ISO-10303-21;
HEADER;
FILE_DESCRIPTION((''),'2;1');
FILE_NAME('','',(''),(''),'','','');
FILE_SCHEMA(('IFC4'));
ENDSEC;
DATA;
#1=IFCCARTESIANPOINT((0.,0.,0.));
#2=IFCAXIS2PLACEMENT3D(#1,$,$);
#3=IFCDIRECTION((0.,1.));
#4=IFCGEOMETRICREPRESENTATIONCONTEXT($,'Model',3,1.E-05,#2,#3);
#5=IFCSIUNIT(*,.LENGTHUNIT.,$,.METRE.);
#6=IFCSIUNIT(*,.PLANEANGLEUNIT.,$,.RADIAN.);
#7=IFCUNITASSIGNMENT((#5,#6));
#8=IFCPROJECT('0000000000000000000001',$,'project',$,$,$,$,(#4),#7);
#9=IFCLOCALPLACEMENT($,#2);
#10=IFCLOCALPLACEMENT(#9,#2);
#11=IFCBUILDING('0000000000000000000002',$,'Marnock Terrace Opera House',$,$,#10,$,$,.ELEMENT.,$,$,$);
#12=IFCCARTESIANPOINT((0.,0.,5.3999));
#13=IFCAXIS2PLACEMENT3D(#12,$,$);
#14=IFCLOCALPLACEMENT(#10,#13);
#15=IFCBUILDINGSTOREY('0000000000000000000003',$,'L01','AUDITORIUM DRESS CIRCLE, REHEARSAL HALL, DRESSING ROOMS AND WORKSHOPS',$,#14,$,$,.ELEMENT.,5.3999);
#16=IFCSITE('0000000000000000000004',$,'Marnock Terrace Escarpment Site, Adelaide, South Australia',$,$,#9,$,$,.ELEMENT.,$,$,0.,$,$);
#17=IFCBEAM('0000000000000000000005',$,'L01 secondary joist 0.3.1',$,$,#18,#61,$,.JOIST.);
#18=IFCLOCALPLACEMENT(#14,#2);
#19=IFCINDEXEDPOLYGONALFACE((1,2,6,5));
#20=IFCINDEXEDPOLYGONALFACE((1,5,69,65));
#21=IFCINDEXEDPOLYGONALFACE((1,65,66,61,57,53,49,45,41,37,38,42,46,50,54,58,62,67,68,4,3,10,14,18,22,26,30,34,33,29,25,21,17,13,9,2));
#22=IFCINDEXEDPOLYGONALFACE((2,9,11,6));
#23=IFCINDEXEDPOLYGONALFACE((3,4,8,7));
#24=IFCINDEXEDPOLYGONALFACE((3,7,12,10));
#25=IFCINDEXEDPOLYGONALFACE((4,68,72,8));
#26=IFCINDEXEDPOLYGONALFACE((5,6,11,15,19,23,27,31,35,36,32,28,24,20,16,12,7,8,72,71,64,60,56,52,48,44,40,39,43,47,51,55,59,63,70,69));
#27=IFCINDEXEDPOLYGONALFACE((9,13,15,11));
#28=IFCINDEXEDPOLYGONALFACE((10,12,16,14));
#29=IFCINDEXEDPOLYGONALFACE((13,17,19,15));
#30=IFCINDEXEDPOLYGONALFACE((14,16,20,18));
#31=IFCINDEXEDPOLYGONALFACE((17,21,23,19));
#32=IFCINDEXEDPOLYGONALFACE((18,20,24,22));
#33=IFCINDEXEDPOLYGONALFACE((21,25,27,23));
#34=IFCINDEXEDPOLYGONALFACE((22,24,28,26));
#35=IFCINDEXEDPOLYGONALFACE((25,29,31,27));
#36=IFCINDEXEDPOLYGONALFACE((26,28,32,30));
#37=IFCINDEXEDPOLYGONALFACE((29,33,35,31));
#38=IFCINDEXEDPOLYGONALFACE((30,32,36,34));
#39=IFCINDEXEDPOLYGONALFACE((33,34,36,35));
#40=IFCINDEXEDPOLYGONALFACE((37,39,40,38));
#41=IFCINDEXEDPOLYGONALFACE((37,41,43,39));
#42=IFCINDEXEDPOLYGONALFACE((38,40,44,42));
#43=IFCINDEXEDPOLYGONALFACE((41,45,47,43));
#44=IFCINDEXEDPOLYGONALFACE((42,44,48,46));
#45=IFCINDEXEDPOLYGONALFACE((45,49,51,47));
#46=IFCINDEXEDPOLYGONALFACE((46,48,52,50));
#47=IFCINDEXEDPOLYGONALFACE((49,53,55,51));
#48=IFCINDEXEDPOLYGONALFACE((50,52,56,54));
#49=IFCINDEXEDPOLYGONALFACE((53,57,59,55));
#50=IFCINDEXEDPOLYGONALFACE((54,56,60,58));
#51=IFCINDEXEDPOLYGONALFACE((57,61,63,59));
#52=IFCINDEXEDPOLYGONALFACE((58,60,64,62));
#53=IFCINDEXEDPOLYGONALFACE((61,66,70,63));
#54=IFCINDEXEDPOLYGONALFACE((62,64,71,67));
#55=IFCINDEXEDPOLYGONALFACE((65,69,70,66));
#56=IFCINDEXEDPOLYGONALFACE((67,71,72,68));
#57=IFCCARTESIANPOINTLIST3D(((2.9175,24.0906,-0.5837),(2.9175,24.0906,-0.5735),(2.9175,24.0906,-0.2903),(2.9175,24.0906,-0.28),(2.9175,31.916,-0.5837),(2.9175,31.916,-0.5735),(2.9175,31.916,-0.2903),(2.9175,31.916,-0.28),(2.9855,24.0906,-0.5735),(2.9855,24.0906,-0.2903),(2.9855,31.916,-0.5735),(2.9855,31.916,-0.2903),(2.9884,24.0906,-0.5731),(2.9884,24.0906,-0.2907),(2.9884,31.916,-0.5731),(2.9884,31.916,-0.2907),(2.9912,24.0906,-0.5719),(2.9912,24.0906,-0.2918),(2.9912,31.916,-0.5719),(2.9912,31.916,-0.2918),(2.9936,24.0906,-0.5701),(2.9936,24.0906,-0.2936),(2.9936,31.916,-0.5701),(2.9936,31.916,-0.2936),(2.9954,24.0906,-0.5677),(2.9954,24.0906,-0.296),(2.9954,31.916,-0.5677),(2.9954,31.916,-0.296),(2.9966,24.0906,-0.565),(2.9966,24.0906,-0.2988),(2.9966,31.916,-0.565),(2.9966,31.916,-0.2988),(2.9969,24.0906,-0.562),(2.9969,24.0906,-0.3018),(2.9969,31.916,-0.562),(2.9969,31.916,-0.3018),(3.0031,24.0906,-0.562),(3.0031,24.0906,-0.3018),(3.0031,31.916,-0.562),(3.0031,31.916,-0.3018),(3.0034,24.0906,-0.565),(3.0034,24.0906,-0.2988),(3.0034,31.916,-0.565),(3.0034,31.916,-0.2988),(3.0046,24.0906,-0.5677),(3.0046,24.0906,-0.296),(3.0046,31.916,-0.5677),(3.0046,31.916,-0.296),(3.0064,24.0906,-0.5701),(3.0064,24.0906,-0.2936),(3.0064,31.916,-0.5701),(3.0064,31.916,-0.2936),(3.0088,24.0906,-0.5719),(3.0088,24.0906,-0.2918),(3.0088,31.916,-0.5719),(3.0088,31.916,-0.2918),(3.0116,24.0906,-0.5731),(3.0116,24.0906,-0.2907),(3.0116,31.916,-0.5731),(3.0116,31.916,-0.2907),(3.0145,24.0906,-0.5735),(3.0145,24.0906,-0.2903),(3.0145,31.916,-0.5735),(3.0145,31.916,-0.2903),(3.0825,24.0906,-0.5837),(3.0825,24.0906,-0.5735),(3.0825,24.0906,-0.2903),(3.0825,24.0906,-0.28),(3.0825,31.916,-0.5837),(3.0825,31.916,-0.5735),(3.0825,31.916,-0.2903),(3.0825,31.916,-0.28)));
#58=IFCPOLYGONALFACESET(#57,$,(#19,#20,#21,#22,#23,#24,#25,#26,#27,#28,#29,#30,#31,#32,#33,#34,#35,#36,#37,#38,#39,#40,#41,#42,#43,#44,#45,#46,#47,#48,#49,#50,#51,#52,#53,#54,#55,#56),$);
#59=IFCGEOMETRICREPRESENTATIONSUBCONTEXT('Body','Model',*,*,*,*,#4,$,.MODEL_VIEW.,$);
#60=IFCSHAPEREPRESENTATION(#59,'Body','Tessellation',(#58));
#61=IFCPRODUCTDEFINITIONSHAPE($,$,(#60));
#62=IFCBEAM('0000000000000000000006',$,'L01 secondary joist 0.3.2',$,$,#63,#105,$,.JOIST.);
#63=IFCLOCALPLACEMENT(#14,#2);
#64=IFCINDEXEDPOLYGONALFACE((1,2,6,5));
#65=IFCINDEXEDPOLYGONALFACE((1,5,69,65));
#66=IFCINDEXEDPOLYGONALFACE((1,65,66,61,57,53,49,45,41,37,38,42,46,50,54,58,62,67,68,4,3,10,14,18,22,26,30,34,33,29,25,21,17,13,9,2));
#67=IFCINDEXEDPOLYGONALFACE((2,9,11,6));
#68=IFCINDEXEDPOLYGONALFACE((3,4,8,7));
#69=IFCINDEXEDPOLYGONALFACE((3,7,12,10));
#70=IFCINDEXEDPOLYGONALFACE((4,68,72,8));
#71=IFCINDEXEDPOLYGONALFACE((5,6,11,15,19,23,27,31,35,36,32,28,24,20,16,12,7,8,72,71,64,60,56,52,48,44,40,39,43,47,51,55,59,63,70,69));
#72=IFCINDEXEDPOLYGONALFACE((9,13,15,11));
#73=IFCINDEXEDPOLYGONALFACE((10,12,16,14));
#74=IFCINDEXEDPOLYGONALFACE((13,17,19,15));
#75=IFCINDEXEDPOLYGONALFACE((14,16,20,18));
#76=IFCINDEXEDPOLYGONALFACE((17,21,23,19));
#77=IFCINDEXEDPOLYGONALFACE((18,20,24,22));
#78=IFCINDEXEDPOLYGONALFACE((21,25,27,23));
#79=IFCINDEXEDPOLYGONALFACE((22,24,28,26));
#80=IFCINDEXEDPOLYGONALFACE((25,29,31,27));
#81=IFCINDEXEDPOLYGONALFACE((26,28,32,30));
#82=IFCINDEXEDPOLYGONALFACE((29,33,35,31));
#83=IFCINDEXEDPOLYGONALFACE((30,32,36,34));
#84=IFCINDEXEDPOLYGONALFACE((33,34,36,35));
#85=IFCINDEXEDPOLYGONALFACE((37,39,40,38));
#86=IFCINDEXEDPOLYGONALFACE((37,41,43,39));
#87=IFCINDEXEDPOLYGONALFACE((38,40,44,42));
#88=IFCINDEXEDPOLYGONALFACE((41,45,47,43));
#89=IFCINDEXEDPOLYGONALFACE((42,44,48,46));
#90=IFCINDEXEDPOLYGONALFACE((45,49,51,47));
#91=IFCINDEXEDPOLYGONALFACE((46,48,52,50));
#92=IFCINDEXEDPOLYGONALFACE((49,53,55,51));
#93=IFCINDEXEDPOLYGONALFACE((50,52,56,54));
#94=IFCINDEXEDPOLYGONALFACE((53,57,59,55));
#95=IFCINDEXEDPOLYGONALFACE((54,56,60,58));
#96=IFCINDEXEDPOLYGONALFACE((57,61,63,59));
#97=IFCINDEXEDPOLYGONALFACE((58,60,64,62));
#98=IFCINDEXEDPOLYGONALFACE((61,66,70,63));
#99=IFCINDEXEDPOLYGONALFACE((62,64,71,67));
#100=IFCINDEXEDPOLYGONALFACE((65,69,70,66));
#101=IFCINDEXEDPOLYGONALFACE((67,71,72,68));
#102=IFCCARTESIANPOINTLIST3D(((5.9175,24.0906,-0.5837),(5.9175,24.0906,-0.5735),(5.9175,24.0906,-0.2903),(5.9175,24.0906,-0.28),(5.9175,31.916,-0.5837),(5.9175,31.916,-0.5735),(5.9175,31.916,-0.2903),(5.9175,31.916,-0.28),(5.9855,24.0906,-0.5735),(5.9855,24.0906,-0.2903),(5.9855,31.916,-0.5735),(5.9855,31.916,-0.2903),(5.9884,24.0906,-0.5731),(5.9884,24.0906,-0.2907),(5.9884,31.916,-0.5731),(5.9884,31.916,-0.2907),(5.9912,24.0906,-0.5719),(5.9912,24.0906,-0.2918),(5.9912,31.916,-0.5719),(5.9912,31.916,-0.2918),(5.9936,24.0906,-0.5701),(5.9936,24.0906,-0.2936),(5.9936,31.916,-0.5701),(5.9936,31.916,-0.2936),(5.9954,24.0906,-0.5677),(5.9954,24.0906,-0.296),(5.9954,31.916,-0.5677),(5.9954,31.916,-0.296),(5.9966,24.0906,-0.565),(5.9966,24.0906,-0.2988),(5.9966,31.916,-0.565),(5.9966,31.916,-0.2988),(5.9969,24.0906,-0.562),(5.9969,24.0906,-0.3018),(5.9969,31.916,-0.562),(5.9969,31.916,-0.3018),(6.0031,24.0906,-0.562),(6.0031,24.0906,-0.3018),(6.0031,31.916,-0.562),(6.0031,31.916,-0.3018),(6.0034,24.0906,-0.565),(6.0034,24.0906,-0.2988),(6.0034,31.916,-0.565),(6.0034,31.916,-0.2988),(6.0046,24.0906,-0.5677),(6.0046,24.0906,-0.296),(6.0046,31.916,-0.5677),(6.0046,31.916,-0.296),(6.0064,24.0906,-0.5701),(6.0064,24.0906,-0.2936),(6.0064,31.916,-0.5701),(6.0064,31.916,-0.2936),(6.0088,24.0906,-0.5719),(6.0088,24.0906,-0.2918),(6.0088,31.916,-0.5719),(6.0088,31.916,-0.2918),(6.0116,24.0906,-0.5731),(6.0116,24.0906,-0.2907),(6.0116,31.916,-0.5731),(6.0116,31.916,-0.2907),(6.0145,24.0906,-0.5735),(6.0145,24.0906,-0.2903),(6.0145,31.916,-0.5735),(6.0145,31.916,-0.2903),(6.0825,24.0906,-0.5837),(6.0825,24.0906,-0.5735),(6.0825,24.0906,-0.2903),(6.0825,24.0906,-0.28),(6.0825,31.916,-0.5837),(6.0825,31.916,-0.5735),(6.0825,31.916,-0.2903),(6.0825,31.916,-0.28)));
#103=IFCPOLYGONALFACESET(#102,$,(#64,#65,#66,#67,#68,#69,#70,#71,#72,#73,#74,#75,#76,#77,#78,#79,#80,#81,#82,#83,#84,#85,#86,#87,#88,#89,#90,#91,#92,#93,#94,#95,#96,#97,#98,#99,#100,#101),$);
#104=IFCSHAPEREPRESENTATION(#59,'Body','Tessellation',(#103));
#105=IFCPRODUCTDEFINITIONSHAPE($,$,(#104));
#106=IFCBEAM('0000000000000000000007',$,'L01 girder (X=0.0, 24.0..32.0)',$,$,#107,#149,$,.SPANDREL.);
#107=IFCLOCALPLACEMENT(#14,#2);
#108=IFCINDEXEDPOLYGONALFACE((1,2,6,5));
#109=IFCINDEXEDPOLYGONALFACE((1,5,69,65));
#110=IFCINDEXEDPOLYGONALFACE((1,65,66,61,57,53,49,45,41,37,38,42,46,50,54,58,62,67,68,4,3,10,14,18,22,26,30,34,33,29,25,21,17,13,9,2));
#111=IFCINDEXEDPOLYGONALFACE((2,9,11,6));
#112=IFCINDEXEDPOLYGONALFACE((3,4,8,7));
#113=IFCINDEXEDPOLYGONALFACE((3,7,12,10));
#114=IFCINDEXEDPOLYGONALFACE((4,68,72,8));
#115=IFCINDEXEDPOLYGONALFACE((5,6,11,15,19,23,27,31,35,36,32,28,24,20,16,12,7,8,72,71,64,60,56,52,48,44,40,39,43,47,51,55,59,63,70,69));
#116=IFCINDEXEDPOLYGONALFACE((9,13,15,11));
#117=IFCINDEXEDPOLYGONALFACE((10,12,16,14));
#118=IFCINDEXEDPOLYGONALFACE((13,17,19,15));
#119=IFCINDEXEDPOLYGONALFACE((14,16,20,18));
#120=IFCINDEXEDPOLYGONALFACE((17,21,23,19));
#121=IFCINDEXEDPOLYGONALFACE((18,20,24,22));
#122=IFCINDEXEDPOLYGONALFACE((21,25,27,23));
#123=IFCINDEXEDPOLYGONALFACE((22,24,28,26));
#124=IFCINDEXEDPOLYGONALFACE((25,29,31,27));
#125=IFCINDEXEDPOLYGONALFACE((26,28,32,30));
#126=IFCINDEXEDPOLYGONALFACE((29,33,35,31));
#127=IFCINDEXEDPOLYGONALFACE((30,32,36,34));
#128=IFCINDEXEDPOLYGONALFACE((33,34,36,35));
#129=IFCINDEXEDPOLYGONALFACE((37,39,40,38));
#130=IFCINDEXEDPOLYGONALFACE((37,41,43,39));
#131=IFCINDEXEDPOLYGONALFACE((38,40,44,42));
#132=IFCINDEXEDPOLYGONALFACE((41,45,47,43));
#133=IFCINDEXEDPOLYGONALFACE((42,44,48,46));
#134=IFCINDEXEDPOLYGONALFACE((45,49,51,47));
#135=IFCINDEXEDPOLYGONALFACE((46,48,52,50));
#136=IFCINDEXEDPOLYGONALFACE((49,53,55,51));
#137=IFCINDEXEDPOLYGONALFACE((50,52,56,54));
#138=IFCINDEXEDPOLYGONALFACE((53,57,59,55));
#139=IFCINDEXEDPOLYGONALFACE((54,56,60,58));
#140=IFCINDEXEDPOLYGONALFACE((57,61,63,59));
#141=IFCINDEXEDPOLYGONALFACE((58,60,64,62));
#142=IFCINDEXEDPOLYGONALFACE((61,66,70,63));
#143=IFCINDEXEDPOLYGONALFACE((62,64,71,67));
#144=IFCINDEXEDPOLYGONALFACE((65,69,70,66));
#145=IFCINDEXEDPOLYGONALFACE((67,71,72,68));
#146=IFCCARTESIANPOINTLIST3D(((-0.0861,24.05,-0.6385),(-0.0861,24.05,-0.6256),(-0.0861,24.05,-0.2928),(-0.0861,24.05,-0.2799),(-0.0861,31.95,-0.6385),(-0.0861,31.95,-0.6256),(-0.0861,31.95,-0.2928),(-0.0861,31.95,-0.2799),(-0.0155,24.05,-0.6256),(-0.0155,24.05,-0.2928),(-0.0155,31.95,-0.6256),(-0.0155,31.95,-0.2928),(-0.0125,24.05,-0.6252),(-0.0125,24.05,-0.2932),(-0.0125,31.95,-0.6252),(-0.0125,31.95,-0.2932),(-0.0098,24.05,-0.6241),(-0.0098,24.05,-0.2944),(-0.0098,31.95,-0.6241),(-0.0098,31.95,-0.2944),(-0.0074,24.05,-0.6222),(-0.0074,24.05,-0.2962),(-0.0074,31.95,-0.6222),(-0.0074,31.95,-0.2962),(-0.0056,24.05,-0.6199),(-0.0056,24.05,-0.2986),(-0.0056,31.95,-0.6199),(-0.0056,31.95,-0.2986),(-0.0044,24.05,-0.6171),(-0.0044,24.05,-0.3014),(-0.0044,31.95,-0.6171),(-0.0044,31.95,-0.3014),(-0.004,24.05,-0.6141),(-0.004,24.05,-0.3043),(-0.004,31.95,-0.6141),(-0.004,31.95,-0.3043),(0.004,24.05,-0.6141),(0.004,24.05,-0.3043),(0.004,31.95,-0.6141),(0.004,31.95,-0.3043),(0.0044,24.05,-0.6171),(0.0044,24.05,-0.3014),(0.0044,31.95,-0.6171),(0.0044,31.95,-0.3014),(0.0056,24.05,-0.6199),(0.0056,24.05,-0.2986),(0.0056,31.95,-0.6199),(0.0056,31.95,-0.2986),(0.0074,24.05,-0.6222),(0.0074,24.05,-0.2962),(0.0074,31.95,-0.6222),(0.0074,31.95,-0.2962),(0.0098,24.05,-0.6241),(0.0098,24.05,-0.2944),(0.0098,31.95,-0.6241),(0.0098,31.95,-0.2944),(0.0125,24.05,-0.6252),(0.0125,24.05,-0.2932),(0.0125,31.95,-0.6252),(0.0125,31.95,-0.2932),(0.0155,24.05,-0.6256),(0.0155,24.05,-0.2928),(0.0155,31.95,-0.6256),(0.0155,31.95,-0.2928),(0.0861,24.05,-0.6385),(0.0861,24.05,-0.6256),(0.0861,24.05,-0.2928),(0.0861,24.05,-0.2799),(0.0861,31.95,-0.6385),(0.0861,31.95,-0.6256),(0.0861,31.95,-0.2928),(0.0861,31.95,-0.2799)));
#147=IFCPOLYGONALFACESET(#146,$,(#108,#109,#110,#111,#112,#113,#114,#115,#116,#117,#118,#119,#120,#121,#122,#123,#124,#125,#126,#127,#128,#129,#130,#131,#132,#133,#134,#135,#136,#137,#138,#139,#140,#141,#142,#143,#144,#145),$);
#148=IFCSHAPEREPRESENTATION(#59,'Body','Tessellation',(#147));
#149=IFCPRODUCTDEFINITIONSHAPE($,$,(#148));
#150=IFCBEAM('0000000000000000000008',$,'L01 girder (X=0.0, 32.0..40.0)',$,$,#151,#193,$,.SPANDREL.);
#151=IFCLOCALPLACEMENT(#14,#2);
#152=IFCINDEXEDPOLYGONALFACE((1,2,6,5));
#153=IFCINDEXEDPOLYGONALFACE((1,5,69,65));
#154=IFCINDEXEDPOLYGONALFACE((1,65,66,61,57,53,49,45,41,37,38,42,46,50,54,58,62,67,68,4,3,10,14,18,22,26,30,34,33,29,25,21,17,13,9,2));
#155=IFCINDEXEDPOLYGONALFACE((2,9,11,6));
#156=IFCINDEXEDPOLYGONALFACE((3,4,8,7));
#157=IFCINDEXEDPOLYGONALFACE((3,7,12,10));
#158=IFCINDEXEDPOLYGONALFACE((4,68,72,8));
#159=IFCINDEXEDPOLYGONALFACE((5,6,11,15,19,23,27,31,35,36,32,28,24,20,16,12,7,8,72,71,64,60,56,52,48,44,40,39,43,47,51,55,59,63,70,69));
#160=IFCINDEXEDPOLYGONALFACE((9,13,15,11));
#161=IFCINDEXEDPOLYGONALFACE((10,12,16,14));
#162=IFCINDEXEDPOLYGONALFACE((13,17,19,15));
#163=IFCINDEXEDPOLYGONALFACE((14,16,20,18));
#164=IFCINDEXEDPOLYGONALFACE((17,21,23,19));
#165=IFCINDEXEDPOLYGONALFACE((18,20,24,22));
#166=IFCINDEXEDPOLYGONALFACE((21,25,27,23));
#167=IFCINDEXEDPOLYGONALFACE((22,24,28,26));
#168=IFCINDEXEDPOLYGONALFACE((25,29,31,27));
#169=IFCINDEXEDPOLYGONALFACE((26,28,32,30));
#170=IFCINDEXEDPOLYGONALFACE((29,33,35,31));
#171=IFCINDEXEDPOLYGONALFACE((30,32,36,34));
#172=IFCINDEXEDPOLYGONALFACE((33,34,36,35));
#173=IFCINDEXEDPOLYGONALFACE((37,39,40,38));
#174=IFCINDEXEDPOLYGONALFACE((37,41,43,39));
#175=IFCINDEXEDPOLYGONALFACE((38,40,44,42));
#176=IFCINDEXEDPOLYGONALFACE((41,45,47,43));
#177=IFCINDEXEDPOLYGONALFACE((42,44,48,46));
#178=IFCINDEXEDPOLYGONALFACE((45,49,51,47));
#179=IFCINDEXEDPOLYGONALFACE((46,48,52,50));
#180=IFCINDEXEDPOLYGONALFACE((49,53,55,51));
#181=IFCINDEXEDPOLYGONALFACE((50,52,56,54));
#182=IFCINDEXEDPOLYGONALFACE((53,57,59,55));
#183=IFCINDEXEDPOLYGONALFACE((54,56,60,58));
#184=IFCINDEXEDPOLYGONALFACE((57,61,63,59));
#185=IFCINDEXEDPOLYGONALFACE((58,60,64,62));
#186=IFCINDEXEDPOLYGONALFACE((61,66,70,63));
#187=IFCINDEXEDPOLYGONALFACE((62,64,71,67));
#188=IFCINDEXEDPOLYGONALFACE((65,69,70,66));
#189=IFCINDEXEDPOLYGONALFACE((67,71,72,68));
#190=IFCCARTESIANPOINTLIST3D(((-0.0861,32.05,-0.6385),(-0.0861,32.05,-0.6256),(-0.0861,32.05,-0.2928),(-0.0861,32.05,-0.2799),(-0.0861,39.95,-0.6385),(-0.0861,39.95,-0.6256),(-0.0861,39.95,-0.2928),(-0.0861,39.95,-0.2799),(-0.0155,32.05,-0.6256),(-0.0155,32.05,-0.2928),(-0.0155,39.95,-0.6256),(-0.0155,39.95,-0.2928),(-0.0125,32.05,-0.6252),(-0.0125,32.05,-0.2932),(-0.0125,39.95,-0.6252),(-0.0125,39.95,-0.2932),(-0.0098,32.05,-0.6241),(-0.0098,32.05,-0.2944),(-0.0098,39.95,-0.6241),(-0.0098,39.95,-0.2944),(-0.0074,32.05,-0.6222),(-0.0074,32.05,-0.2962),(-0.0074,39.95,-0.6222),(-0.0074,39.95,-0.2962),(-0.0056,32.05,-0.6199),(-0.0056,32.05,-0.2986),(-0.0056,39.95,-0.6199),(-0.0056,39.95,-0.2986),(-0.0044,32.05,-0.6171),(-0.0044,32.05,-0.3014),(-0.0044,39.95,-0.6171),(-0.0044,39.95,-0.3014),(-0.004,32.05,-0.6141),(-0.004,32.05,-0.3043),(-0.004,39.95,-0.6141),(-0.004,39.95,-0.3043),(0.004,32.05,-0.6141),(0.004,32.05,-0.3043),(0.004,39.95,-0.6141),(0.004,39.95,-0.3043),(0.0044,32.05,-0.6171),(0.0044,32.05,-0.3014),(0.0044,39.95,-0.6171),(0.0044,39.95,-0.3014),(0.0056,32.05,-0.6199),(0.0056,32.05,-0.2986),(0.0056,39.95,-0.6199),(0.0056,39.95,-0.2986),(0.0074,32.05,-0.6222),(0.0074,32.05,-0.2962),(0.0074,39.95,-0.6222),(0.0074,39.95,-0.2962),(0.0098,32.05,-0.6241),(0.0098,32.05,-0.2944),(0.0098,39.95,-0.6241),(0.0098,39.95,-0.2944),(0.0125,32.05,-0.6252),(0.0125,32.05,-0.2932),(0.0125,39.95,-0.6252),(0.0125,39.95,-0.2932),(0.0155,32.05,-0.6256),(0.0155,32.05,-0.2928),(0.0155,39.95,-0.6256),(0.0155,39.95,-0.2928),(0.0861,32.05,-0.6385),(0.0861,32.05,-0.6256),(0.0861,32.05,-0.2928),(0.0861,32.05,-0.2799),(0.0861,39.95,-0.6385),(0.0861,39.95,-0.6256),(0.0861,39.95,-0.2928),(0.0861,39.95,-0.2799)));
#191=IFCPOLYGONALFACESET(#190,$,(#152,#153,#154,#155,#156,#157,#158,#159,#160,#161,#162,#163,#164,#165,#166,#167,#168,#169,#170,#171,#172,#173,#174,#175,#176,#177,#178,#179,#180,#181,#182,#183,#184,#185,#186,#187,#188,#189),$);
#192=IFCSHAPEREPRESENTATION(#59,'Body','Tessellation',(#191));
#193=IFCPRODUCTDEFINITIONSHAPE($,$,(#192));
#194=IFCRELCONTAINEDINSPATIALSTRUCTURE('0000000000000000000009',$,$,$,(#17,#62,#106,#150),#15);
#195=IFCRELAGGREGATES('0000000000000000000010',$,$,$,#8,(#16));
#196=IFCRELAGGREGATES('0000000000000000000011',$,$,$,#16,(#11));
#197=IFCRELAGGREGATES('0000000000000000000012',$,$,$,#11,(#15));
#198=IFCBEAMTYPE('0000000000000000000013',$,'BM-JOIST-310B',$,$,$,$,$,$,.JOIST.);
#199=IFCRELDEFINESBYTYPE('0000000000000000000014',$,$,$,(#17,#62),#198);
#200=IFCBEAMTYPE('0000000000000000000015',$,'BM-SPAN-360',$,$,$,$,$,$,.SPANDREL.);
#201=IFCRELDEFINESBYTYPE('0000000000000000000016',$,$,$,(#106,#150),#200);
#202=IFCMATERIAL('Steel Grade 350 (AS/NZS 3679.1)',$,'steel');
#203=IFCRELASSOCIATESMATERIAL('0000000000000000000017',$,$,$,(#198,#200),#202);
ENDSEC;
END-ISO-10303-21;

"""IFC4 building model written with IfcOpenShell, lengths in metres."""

from ifc_helpers import new_model, si_unit, direction, frame, origin, origin_2d, place, context, subcontext, project, spatial, i_section, extrude, material, material_profile, profile_set, type_object, element, save


model = new_model("IFC4")

# Units and contexts
model_context = context("Model", 3, precision=1e-05, world=origin(), true_north=direction((0.0, 1.0)))
body_context = subcontext(model_context, "Body", "Model", "MODEL_VIEW")
ifc_project = project(units=[si_unit("LENGTHUNIT", "METRE"), si_unit("PLANEANGLEUNIT", "RADIAN")], contexts=[model_context])

# Site, building, storey
site_placement = place(None, origin())
site = spatial("IfcSite", under=ifc_project, at=site_placement, Name="Marnock Terrace Escarpment Site, Adelaide, South Australia", CompositionType="ELEMENT", RefElevation=0.0)
building_placement = place(site_placement, origin())
building = spatial("IfcBuilding", under=site, at=building_placement, Name="Marnock Terrace Opera House", CompositionType="ELEMENT")
storey_placement = place(building_placement, frame((0.0, 0.0, 5.3999)))
storey = spatial("IfcBuildingStorey", under=building, at=storey_placement, Name="L01", Description="AUDITORIUM DRESS CIRCLE, REHEARSAL HALL, DRESSING ROOMS AND WORKSHOPS", CompositionType="ELEMENT", Elevation=5.3999)

# Shared definitions
ifc_material_1 = material(Name="Steel Grade 350 (AS/NZS 3679.1)", Category="steel")

# Beams
ifc_material_profile_1 = material_profile(ifc_material_1, i_section(OverallWidth=0.165, OverallDepth=0.3037, WebThickness=0.0061, FlangeThickness=0.0103, FilletRadius=0.0115, at=origin_2d()))
ifc_profile_set_1 = profile_set([ifc_material_profile_1], Name="Steel Grade 350 (AS/NZS 3679.1)")
beam_type_1 = type_object("IfcBeamType", Name="BM-JOIST-310B", PredefinedType="JOIST", material=ifc_profile_set_1)
for number, where, z_axis, x_axis, name in (
    (1, (3.0, 24.0906, -0.4319), (0.0, 1.0, 0.0), (-1.0, 0.0, 0.0), "L01 secondary joist 0.3.1"),
    (2, (6.0, 24.0906, -0.4319), (0.0, 1.0, 0.0), (-1.0, 0.0, 0.0), "L01 secondary joist 0.3.2"),
):
    element("IfcBeam", number, at=place(storey_placement, frame(where, z_axis=z_axis, x_axis=x_axis)), inside=storey, type_object=beam_type_1, Name=name, PredefinedType="JOIST", context=body_context, shape_type="SweptSolid", body=[
        extrude(i_section(OverallWidth=0.165, OverallDepth=0.3037, WebThickness=0.0061, FlangeThickness=0.0103, FilletRadius=0.0115, at=origin_2d()), origin(), (0.0, 0.0, 1.0), 7.8254),
    ])
ifc_material_profile_2 = material_profile(ifc_material_1, i_section(OverallWidth=0.1721, OverallDepth=0.3586, WebThickness=0.0081, FlangeThickness=0.0129, FilletRadius=0.0115, at=origin_2d()))
ifc_profile_set_2 = profile_set([ifc_material_profile_2], Name="Steel Grade 350 (AS/NZS 3679.1)")
beam_type_2 = type_object("IfcBeamType", Name="BM-SPAN-360", PredefinedType="SPANDREL", material=ifc_profile_set_2)
for number, where, z_axis, x_axis, name in (
    (3, (0.0, 24.05, -0.4592), (0.0, 1.0, 0.0), (-1.0, 0.0, 0.0), "L01 girder (X=0.0, 24.0..32.0)"),
    (4, (0.0, 32.05, -0.4592), (0.0, 1.0, 0.0), (-1.0, 0.0, 0.0), "L01 girder (X=0.0, 32.0..40.0)"),
):
    element("IfcBeam", number, at=place(storey_placement, frame(where, z_axis=z_axis, x_axis=x_axis)), inside=storey, type_object=beam_type_2, Name=name, PredefinedType="SPANDREL", context=body_context, shape_type="SweptSolid", body=[
        extrude(i_section(OverallWidth=0.1721, OverallDepth=0.3586, WebThickness=0.0081, FlangeThickness=0.0129, FilletRadius=0.0115, at=origin_2d()), origin(), (0.0, 0.0, 1.0), 7.8999),
    ])

save(model, "model.ifc")
